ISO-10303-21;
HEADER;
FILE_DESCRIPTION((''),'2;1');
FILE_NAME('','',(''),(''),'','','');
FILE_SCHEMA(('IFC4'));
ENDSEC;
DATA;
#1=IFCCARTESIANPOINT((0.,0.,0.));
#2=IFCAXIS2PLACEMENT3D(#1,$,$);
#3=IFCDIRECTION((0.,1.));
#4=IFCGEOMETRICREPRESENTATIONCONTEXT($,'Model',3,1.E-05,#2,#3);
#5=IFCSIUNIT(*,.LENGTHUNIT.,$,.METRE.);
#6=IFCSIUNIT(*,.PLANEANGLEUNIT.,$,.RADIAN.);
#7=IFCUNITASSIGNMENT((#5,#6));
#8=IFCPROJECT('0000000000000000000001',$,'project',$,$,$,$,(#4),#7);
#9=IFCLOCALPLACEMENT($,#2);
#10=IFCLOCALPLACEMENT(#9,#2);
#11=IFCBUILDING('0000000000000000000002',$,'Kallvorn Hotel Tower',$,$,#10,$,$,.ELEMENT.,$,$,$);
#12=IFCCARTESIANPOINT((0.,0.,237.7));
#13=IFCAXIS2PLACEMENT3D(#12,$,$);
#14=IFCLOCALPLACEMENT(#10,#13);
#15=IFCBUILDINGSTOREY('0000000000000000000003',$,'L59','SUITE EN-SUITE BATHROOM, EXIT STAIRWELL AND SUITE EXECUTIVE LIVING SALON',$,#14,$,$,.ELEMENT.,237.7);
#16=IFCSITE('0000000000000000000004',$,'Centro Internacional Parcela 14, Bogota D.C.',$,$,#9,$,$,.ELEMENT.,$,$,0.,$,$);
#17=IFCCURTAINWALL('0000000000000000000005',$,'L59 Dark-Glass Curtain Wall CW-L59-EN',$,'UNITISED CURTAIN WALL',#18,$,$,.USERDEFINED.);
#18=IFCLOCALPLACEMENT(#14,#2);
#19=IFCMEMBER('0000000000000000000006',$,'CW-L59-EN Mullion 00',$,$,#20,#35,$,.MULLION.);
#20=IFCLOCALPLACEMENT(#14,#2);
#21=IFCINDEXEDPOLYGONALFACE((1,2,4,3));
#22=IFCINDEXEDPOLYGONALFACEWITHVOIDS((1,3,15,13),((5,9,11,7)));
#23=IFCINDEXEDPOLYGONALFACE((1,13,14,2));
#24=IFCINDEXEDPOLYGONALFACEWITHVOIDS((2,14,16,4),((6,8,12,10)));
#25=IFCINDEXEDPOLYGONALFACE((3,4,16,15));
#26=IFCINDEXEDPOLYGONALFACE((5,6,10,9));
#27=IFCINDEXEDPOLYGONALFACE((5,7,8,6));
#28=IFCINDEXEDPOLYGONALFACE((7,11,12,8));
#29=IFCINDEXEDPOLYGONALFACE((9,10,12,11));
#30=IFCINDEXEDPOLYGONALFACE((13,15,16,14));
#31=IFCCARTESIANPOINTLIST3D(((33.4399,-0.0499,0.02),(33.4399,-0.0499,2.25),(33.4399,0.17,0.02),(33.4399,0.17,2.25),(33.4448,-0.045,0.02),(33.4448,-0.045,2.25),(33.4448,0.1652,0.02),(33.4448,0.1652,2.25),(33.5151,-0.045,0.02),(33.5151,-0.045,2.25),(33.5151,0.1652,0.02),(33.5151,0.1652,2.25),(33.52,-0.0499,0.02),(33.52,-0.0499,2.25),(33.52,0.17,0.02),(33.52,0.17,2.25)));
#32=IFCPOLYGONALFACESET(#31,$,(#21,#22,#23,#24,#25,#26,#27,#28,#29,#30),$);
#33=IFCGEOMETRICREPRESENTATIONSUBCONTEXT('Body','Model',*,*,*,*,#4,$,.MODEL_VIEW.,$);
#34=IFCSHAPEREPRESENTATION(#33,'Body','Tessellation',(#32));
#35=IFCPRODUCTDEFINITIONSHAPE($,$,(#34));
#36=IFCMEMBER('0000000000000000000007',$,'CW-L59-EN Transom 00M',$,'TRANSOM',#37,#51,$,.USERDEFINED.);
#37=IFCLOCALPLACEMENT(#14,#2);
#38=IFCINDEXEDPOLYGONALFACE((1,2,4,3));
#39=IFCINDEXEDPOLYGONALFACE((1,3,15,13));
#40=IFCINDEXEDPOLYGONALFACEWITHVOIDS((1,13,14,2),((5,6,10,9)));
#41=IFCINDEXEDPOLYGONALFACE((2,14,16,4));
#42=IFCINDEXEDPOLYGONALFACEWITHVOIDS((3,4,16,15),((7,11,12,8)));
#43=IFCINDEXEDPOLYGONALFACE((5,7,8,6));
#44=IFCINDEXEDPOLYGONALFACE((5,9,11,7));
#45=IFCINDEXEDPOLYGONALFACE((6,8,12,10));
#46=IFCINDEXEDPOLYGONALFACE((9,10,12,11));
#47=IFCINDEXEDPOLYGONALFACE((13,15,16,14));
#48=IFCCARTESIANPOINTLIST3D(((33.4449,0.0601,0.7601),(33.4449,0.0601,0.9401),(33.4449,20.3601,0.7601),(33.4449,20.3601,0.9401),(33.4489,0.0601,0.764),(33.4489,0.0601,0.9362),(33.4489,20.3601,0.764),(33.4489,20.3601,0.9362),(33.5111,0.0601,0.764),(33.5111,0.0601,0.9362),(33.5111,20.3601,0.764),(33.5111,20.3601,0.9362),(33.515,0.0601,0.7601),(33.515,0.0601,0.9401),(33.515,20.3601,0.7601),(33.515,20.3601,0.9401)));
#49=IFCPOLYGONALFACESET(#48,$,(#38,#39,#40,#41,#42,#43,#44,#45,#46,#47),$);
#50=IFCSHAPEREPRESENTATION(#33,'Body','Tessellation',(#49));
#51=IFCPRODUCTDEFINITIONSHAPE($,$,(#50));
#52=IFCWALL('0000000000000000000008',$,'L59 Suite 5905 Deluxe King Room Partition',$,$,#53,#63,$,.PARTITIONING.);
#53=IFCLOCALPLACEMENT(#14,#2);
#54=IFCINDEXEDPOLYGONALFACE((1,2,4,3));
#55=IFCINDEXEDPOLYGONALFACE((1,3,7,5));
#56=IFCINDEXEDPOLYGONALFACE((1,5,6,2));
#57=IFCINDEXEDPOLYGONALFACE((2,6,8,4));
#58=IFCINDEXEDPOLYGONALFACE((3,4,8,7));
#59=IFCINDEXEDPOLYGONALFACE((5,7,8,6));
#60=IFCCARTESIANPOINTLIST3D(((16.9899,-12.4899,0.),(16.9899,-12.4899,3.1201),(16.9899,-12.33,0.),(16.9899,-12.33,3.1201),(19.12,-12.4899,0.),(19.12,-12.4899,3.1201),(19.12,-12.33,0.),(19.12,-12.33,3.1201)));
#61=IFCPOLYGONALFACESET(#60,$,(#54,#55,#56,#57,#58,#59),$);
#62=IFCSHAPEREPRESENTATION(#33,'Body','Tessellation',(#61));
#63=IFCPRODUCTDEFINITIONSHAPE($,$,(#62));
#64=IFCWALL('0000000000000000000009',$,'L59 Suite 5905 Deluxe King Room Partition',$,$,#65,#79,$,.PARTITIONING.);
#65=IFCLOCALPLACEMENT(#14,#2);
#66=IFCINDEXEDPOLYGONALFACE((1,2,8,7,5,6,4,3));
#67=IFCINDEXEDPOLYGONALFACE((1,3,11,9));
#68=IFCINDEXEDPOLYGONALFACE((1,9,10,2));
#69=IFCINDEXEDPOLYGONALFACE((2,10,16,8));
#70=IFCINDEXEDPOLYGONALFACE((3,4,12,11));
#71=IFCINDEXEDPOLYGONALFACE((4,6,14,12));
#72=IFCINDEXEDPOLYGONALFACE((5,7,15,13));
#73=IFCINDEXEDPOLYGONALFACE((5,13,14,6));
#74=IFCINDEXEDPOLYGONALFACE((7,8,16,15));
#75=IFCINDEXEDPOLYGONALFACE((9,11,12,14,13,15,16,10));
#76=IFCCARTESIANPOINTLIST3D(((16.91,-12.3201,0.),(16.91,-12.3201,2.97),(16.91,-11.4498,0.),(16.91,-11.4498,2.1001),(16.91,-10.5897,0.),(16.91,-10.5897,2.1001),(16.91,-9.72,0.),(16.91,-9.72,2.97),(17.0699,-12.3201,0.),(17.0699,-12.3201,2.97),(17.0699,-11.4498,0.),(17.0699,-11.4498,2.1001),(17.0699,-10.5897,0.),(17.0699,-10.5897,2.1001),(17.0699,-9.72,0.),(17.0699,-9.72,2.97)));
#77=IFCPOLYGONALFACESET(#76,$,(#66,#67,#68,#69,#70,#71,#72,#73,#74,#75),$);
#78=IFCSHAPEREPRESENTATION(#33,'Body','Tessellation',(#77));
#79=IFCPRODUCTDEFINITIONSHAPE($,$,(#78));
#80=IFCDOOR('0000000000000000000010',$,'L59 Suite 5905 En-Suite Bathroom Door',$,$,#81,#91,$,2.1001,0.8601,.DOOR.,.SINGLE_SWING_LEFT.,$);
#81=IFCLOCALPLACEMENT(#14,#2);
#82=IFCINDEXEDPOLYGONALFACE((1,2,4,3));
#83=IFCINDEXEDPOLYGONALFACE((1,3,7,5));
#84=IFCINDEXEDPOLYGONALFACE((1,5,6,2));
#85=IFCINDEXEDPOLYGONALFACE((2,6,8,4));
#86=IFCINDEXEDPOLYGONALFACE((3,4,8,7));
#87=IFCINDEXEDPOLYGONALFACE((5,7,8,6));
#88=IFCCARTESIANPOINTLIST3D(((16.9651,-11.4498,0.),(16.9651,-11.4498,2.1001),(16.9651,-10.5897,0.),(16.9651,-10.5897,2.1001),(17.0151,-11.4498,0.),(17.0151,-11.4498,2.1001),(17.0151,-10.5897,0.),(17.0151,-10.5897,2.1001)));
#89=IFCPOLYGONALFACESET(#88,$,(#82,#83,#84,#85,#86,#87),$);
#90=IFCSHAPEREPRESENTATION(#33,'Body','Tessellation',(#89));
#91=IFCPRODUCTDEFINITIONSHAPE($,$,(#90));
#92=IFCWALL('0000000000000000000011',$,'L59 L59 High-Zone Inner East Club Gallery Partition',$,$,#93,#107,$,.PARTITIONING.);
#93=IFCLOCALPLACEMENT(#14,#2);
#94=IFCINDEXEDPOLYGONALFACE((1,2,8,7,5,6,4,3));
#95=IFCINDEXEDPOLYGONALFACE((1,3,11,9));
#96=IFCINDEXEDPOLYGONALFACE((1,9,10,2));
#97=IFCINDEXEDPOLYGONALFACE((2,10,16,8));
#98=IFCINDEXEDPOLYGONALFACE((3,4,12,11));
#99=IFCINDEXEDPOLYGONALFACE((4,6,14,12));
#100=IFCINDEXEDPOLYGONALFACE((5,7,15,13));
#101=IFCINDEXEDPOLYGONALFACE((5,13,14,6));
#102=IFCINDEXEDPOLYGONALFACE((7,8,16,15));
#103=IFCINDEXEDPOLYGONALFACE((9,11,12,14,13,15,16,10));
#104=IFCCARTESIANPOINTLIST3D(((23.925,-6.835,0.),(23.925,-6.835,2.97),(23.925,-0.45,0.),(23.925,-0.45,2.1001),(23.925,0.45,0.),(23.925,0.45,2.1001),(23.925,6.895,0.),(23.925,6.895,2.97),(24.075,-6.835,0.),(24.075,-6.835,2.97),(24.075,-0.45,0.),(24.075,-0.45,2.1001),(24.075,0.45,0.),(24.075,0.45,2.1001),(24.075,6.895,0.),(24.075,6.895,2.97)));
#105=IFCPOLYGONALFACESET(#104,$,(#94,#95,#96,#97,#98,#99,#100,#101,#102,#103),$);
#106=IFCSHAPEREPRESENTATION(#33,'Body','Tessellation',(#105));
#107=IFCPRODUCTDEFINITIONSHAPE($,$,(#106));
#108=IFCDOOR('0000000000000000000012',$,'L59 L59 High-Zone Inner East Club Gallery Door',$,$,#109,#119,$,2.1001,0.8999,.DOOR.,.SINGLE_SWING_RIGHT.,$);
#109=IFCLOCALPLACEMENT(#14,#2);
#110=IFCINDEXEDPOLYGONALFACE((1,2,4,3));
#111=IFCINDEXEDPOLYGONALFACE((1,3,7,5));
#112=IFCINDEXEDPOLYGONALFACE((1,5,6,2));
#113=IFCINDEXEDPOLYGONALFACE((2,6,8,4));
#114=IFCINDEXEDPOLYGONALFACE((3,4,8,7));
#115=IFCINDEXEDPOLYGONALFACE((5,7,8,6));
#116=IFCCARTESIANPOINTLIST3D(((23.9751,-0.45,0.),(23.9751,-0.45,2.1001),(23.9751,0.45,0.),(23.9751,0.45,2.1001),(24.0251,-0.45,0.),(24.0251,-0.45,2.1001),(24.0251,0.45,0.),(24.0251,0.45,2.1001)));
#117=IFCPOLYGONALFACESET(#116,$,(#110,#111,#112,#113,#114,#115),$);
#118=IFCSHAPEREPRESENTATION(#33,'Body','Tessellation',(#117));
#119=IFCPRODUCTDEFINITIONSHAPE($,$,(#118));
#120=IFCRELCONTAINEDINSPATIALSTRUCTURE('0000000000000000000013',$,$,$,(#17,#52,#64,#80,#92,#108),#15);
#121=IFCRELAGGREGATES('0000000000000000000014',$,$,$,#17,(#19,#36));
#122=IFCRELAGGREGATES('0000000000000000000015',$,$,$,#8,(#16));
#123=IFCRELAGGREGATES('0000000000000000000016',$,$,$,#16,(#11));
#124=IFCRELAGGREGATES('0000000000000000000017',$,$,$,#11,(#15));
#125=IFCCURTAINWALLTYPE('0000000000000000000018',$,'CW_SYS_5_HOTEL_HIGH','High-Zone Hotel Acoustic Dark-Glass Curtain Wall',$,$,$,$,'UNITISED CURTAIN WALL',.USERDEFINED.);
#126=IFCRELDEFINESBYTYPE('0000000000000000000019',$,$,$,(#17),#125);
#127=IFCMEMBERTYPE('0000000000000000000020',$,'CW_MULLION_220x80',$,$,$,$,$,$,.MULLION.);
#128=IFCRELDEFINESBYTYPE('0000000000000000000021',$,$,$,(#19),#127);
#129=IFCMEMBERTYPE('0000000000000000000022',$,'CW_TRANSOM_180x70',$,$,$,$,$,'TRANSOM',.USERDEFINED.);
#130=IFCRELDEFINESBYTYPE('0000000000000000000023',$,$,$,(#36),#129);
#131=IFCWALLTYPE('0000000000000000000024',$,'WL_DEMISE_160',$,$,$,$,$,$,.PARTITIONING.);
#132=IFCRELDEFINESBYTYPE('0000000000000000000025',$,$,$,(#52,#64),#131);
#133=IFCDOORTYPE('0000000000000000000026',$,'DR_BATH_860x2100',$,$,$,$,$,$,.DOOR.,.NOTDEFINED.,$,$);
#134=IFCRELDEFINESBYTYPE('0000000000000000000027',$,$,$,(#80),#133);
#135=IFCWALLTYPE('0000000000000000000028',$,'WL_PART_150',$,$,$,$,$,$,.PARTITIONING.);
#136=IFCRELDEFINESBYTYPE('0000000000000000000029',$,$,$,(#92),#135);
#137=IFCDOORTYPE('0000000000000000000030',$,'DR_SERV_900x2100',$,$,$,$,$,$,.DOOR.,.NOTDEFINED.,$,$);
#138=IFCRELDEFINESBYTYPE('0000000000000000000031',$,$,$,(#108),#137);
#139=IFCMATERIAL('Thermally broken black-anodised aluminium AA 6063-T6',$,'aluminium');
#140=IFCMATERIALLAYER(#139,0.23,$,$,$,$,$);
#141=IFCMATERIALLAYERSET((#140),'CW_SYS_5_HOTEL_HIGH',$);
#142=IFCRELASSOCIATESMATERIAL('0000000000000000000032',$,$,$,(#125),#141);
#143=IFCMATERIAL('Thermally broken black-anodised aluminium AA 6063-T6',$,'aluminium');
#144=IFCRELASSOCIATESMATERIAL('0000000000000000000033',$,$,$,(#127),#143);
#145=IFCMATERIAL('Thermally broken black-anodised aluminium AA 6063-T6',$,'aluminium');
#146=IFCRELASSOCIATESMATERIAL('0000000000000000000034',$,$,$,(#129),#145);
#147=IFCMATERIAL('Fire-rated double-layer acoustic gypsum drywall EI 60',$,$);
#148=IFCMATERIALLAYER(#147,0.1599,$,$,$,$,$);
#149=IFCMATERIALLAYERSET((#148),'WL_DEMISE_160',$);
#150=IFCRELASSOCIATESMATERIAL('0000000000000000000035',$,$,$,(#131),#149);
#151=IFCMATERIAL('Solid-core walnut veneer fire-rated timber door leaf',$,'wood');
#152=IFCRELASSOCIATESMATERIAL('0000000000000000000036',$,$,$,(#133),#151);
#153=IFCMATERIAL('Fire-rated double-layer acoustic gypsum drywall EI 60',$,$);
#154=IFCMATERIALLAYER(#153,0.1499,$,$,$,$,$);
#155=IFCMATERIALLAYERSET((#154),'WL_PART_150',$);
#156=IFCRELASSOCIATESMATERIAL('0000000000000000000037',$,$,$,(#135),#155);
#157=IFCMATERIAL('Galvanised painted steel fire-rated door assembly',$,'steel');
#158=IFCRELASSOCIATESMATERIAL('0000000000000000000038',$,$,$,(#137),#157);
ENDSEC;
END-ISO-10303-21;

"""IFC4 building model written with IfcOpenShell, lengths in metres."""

from ifc_helpers import new_model, si_unit, direction, frame, frame_2d, origin, origin_2d, place, context, subcontext, project, spatial, rectangle, hollow_rectangle, extrude, material, layer, layer_set, material_profile, profile_set, type_object, element, fill, aggregate, save


model = new_model("IFC4")

# Units and contexts
model_context = context("Model", 3, precision=1e-05, world=origin(), true_north=direction((0.0, 1.0)))
body_context = subcontext(model_context, "Body", "Model", "MODEL_VIEW")
ifc_project = project(units=[si_unit("LENGTHUNIT", "METRE"), si_unit("PLANEANGLEUNIT", "RADIAN")], contexts=[model_context])

# Site, building, storey
site_placement = place(None, origin())
site = spatial("IfcSite", under=ifc_project, at=site_placement, Name="Centro Internacional Parcela 14, Bogota D.C.", CompositionType="ELEMENT", RefElevation=0.0)
building_placement = place(site_placement, origin())
building = spatial("IfcBuilding", under=site, at=building_placement, Name="Kallvorn Hotel Tower", CompositionType="ELEMENT")
storey_placement = place(building_placement, frame((0.0, 0.0, 237.7)))
storey = spatial("IfcBuildingStorey", under=building, at=storey_placement, Name="L59", Description="SUITE EN-SUITE BATHROOM, EXIT STAIRWELL AND SUITE EXECUTIVE LIVING SALON", CompositionType="ELEMENT", Elevation=237.7)

# Curtain wall, members
ifc_material_1 = material(Name="Thermally broken black-anodised aluminium AA 6063-T6", Category="aluminium")
ifc_layer_1 = layer(ifc_material_1, 0.23)
ifc_layer_set_1 = layer_set([ifc_layer_1], Name="CW_SYS_5_HOTEL_HIGH")
curtain_wall_type = type_object("IfcCurtainWallType", Name="CW_SYS_5_HOTEL_HIGH", Description="High-Zone Hotel Acoustic Dark-Glass Curtain Wall", ElementType="UNITISED CURTAIN WALL", PredefinedType="USERDEFINED", material=ifc_layer_set_1)
curtain_wall_placement = place(storey_placement, origin())
curtain_wall = element("IfcCurtainWall", 1, at=curtain_wall_placement, inside=storey, type_object=curtain_wall_type, Name="L59 Dark-Glass Curtain Wall CW-L59-EN", ObjectType="UNITISED CURTAIN WALL", PredefinedType="USERDEFINED")
ifc_material_2 = material(Name="Thermally broken black-anodised aluminium AA 6063-T6", Category="aluminium")
ifc_material_profile_1 = material_profile(ifc_material_2, hollow_rectangle(XDim=0.0801, YDim=0.22, WallThickness=0.0049, at=origin_2d()), Name="MUL 220x80")
ifc_profile_set_1 = profile_set([ifc_material_profile_1], Name="Thermally broken black-anodised aluminium AA 6063-T6")
member_type_1 = type_object("IfcMemberType", Name="CW_MULLION_220x80", PredefinedType="MULLION", material=ifc_profile_set_1)
member_1_placement = place(storey_placement, frame((33.48, 0.0601, 0.02), z_axis=(0.0, 0.0, 1.0), x_axis=(1.0, 0.0, 0.0)))
member_1 = element("IfcMember", 2, at=member_1_placement, type_object=member_type_1, Name="CW-L59-EN Mullion 00", PredefinedType="MULLION", context=body_context, shape_type="SweptSolid", body=[
    extrude(hollow_rectangle(XDim=0.0801, YDim=0.22, WallThickness=0.0049, at=origin_2d()), origin(), (0.0, 0.0, 1.0), 2.23),
])
ifc_material_3 = material(Name="Thermally broken black-anodised aluminium AA 6063-T6", Category="aluminium")
ifc_material_profile_2 = material_profile(ifc_material_3, hollow_rectangle(XDim=0.0701, YDim=0.1799, WallThickness=0.0039, at=origin_2d()), Name="TRN 180x70")
ifc_profile_set_2 = profile_set([ifc_material_profile_2], Name="Thermally broken black-anodised aluminium AA 6063-T6")
member_type_2 = type_object("IfcMemberType", Name="CW_TRANSOM_180x70", ElementType="TRANSOM", PredefinedType="USERDEFINED", material=ifc_profile_set_2)
member_2_placement = place(storey_placement, frame((33.48, 0.0601, 0.8501), z_axis=(0.0, 1.0, 0.0), x_axis=(-1.0, 0.0, 0.0)))
member_2 = element("IfcMember", 3, at=member_2_placement, type_object=member_type_2, Name="CW-L59-EN Transom 00M", ObjectType="TRANSOM", PredefinedType="USERDEFINED", context=body_context, shape_type="SweptSolid", body=[
    extrude(hollow_rectangle(XDim=0.0701, YDim=0.1799, WallThickness=0.0039, at=origin_2d()), origin(), (0.0, 0.0, 1.0), 20.3),
])
aggregate(curtain_wall, [member_1, member_2])

# Wall
ifc_material_4 = material(Name="Fire-rated double-layer acoustic gypsum drywall EI 60")
ifc_layer_2 = layer(ifc_material_4, 0.1599)
ifc_layer_set_2 = layer_set([ifc_layer_2], Name="WL_DEMISE_160")
wall_type_1 = type_object("IfcWallType", Name="WL_DEMISE_160", PredefinedType="PARTITIONING", material=ifc_layer_set_2)
wall_1_placement = place(storey_placement, frame((16.99, -12.4099, 0.0), z_axis=(0.0, 0.0, 1.0), x_axis=(1.0, 0.0, 0.0)))
element("IfcWall", 4, at=wall_1_placement, inside=storey, type_object=wall_type_1, Name="L59 Suite 5905 Deluxe King Room Partition", PredefinedType="PARTITIONING", context=body_context, shape_type="SweptSolid", body=[
    extrude(rectangle(XDim=2.1301, YDim=0.1599, at=frame_2d((1.0649, 0.0))), origin(), (0.0, 0.0, 1.0), 3.1201),
])

# Walls, openings, doors
wall_2_placement = place(storey_placement, frame((16.99, -12.3201, 0.0), z_axis=(0.0, 0.0, 1.0), x_axis=(0.0, 1.0, 0.0)))
wall_2 = element("IfcWall", 5, at=wall_2_placement, inside=storey, type_object=wall_type_1, Name="L59 Suite 5905 Deluxe King Room Partition", PredefinedType="PARTITIONING", context=body_context, shape_type="SweptSolid", body=[
    extrude(rectangle(XDim=2.6001, YDim=0.1599, at=frame_2d((1.3, 0.0))), origin(), (0.0, 0.0, 1.0), 2.97),
])
opening_1_placement = place(wall_2_placement, frame((0.8701, 0.0, 0.0)))
opening_1 = element("IfcOpeningElement", 6, at=opening_1_placement, cuts=wall_2, PredefinedType="OPENING", context=body_context, shape_type="SweptSolid", body=[
    extrude(rectangle(XDim=0.8601, YDim=2.1001, at=frame_2d((0.4302, 1.05))), frame((0.0, 0.095, 0.0), z_axis=(0.0, -1.0, 0.0), x_axis=(1.0, 0.0, 0.0)), (0.0, 0.0, 1.0), 0.1899),
])
ifc_material_5 = material(Name="Solid-core walnut veneer fire-rated timber door leaf", Category="wood")
door_type_1 = type_object("IfcDoorType", Name="DR_BATH_860x2100", OperationType="NOTDEFINED", PredefinedType="DOOR", material=ifc_material_5)
door_1_placement = place(opening_1_placement, origin())
door_1 = element("IfcDoor", 7, at=door_1_placement, inside=storey, type_object=door_type_1, Name="L59 Suite 5905 En-Suite Bathroom Door", OperationType="SINGLE_SWING_LEFT", OverallHeight=2.1001, OverallWidth=0.8601, PredefinedType="DOOR", context=body_context, shape_type="SweptSolid", body=[
    extrude(rectangle(XDim=0.8601, YDim=2.1001, at=frame_2d((0.4302, 1.05))), frame((0.0, 0.0249, 0.0), z_axis=(0.0, -1.0, 0.0), x_axis=(1.0, 0.0, 0.0)), (0.0, 0.0, 1.0), 0.05),
])
fill(opening_1, door_1)
ifc_material_6 = material(Name="Fire-rated double-layer acoustic gypsum drywall EI 60")
ifc_layer_3 = layer(ifc_material_6, 0.1499)
ifc_layer_set_3 = layer_set([ifc_layer_3], Name="WL_PART_150")
wall_type_2 = type_object("IfcWallType", Name="WL_PART_150", PredefinedType="PARTITIONING", material=ifc_layer_set_3)
wall_3_placement = place(storey_placement, frame((24.0, -6.835, 0.0), z_axis=(0.0, 0.0, 1.0), x_axis=(0.0, 1.0, 0.0)))
wall_3 = element("IfcWall", 8, at=wall_3_placement, inside=storey, type_object=wall_type_2, Name="L59 L59 High-Zone Inner East Club Gallery Partition", PredefinedType="PARTITIONING", context=body_context, shape_type="SweptSolid", body=[
    extrude(rectangle(XDim=13.73, YDim=0.1499, at=frame_2d((6.865, 0.0))), origin(), (0.0, 0.0, 1.0), 2.97),
])
opening_2_placement = place(wall_3_placement, frame((6.385, 0.0, 0.0)))
opening_2 = element("IfcOpeningElement", 9, at=opening_2_placement, cuts=wall_3, PredefinedType="OPENING", context=body_context, shape_type="SweptSolid", body=[
    extrude(rectangle(XDim=0.8999, YDim=2.1001, at=frame_2d((0.45, 1.05))), frame((0.0, 0.0898, 0.0), z_axis=(0.0, -1.0, 0.0), x_axis=(1.0, 0.0, 0.0)), (0.0, 0.0, 1.0), 0.1799),
])
ifc_material_7 = material(Name="Galvanised painted steel fire-rated door assembly", Category="steel")
door_type_2 = type_object("IfcDoorType", Name="DR_SERV_900x2100", OperationType="NOTDEFINED", PredefinedType="DOOR", material=ifc_material_7)
door_2_placement = place(opening_2_placement, origin())
door_2 = element("IfcDoor", 10, at=door_2_placement, inside=storey, type_object=door_type_2, Name="L59 L59 High-Zone Inner East Club Gallery Door", OperationType="SINGLE_SWING_RIGHT", OverallHeight=2.1001, OverallWidth=0.8999, PredefinedType="DOOR", context=body_context, shape_type="SweptSolid", body=[
    extrude(rectangle(XDim=0.8999, YDim=2.1001, at=frame_2d((0.45, 1.05))), frame((0.0, 0.0249, 0.0), z_axis=(0.0, -1.0, 0.0), x_axis=(1.0, 0.0, 0.0)), (0.0, 0.0, 1.0), 0.05),
])
fill(opening_2, door_2)

save(model, "model.ifc")
